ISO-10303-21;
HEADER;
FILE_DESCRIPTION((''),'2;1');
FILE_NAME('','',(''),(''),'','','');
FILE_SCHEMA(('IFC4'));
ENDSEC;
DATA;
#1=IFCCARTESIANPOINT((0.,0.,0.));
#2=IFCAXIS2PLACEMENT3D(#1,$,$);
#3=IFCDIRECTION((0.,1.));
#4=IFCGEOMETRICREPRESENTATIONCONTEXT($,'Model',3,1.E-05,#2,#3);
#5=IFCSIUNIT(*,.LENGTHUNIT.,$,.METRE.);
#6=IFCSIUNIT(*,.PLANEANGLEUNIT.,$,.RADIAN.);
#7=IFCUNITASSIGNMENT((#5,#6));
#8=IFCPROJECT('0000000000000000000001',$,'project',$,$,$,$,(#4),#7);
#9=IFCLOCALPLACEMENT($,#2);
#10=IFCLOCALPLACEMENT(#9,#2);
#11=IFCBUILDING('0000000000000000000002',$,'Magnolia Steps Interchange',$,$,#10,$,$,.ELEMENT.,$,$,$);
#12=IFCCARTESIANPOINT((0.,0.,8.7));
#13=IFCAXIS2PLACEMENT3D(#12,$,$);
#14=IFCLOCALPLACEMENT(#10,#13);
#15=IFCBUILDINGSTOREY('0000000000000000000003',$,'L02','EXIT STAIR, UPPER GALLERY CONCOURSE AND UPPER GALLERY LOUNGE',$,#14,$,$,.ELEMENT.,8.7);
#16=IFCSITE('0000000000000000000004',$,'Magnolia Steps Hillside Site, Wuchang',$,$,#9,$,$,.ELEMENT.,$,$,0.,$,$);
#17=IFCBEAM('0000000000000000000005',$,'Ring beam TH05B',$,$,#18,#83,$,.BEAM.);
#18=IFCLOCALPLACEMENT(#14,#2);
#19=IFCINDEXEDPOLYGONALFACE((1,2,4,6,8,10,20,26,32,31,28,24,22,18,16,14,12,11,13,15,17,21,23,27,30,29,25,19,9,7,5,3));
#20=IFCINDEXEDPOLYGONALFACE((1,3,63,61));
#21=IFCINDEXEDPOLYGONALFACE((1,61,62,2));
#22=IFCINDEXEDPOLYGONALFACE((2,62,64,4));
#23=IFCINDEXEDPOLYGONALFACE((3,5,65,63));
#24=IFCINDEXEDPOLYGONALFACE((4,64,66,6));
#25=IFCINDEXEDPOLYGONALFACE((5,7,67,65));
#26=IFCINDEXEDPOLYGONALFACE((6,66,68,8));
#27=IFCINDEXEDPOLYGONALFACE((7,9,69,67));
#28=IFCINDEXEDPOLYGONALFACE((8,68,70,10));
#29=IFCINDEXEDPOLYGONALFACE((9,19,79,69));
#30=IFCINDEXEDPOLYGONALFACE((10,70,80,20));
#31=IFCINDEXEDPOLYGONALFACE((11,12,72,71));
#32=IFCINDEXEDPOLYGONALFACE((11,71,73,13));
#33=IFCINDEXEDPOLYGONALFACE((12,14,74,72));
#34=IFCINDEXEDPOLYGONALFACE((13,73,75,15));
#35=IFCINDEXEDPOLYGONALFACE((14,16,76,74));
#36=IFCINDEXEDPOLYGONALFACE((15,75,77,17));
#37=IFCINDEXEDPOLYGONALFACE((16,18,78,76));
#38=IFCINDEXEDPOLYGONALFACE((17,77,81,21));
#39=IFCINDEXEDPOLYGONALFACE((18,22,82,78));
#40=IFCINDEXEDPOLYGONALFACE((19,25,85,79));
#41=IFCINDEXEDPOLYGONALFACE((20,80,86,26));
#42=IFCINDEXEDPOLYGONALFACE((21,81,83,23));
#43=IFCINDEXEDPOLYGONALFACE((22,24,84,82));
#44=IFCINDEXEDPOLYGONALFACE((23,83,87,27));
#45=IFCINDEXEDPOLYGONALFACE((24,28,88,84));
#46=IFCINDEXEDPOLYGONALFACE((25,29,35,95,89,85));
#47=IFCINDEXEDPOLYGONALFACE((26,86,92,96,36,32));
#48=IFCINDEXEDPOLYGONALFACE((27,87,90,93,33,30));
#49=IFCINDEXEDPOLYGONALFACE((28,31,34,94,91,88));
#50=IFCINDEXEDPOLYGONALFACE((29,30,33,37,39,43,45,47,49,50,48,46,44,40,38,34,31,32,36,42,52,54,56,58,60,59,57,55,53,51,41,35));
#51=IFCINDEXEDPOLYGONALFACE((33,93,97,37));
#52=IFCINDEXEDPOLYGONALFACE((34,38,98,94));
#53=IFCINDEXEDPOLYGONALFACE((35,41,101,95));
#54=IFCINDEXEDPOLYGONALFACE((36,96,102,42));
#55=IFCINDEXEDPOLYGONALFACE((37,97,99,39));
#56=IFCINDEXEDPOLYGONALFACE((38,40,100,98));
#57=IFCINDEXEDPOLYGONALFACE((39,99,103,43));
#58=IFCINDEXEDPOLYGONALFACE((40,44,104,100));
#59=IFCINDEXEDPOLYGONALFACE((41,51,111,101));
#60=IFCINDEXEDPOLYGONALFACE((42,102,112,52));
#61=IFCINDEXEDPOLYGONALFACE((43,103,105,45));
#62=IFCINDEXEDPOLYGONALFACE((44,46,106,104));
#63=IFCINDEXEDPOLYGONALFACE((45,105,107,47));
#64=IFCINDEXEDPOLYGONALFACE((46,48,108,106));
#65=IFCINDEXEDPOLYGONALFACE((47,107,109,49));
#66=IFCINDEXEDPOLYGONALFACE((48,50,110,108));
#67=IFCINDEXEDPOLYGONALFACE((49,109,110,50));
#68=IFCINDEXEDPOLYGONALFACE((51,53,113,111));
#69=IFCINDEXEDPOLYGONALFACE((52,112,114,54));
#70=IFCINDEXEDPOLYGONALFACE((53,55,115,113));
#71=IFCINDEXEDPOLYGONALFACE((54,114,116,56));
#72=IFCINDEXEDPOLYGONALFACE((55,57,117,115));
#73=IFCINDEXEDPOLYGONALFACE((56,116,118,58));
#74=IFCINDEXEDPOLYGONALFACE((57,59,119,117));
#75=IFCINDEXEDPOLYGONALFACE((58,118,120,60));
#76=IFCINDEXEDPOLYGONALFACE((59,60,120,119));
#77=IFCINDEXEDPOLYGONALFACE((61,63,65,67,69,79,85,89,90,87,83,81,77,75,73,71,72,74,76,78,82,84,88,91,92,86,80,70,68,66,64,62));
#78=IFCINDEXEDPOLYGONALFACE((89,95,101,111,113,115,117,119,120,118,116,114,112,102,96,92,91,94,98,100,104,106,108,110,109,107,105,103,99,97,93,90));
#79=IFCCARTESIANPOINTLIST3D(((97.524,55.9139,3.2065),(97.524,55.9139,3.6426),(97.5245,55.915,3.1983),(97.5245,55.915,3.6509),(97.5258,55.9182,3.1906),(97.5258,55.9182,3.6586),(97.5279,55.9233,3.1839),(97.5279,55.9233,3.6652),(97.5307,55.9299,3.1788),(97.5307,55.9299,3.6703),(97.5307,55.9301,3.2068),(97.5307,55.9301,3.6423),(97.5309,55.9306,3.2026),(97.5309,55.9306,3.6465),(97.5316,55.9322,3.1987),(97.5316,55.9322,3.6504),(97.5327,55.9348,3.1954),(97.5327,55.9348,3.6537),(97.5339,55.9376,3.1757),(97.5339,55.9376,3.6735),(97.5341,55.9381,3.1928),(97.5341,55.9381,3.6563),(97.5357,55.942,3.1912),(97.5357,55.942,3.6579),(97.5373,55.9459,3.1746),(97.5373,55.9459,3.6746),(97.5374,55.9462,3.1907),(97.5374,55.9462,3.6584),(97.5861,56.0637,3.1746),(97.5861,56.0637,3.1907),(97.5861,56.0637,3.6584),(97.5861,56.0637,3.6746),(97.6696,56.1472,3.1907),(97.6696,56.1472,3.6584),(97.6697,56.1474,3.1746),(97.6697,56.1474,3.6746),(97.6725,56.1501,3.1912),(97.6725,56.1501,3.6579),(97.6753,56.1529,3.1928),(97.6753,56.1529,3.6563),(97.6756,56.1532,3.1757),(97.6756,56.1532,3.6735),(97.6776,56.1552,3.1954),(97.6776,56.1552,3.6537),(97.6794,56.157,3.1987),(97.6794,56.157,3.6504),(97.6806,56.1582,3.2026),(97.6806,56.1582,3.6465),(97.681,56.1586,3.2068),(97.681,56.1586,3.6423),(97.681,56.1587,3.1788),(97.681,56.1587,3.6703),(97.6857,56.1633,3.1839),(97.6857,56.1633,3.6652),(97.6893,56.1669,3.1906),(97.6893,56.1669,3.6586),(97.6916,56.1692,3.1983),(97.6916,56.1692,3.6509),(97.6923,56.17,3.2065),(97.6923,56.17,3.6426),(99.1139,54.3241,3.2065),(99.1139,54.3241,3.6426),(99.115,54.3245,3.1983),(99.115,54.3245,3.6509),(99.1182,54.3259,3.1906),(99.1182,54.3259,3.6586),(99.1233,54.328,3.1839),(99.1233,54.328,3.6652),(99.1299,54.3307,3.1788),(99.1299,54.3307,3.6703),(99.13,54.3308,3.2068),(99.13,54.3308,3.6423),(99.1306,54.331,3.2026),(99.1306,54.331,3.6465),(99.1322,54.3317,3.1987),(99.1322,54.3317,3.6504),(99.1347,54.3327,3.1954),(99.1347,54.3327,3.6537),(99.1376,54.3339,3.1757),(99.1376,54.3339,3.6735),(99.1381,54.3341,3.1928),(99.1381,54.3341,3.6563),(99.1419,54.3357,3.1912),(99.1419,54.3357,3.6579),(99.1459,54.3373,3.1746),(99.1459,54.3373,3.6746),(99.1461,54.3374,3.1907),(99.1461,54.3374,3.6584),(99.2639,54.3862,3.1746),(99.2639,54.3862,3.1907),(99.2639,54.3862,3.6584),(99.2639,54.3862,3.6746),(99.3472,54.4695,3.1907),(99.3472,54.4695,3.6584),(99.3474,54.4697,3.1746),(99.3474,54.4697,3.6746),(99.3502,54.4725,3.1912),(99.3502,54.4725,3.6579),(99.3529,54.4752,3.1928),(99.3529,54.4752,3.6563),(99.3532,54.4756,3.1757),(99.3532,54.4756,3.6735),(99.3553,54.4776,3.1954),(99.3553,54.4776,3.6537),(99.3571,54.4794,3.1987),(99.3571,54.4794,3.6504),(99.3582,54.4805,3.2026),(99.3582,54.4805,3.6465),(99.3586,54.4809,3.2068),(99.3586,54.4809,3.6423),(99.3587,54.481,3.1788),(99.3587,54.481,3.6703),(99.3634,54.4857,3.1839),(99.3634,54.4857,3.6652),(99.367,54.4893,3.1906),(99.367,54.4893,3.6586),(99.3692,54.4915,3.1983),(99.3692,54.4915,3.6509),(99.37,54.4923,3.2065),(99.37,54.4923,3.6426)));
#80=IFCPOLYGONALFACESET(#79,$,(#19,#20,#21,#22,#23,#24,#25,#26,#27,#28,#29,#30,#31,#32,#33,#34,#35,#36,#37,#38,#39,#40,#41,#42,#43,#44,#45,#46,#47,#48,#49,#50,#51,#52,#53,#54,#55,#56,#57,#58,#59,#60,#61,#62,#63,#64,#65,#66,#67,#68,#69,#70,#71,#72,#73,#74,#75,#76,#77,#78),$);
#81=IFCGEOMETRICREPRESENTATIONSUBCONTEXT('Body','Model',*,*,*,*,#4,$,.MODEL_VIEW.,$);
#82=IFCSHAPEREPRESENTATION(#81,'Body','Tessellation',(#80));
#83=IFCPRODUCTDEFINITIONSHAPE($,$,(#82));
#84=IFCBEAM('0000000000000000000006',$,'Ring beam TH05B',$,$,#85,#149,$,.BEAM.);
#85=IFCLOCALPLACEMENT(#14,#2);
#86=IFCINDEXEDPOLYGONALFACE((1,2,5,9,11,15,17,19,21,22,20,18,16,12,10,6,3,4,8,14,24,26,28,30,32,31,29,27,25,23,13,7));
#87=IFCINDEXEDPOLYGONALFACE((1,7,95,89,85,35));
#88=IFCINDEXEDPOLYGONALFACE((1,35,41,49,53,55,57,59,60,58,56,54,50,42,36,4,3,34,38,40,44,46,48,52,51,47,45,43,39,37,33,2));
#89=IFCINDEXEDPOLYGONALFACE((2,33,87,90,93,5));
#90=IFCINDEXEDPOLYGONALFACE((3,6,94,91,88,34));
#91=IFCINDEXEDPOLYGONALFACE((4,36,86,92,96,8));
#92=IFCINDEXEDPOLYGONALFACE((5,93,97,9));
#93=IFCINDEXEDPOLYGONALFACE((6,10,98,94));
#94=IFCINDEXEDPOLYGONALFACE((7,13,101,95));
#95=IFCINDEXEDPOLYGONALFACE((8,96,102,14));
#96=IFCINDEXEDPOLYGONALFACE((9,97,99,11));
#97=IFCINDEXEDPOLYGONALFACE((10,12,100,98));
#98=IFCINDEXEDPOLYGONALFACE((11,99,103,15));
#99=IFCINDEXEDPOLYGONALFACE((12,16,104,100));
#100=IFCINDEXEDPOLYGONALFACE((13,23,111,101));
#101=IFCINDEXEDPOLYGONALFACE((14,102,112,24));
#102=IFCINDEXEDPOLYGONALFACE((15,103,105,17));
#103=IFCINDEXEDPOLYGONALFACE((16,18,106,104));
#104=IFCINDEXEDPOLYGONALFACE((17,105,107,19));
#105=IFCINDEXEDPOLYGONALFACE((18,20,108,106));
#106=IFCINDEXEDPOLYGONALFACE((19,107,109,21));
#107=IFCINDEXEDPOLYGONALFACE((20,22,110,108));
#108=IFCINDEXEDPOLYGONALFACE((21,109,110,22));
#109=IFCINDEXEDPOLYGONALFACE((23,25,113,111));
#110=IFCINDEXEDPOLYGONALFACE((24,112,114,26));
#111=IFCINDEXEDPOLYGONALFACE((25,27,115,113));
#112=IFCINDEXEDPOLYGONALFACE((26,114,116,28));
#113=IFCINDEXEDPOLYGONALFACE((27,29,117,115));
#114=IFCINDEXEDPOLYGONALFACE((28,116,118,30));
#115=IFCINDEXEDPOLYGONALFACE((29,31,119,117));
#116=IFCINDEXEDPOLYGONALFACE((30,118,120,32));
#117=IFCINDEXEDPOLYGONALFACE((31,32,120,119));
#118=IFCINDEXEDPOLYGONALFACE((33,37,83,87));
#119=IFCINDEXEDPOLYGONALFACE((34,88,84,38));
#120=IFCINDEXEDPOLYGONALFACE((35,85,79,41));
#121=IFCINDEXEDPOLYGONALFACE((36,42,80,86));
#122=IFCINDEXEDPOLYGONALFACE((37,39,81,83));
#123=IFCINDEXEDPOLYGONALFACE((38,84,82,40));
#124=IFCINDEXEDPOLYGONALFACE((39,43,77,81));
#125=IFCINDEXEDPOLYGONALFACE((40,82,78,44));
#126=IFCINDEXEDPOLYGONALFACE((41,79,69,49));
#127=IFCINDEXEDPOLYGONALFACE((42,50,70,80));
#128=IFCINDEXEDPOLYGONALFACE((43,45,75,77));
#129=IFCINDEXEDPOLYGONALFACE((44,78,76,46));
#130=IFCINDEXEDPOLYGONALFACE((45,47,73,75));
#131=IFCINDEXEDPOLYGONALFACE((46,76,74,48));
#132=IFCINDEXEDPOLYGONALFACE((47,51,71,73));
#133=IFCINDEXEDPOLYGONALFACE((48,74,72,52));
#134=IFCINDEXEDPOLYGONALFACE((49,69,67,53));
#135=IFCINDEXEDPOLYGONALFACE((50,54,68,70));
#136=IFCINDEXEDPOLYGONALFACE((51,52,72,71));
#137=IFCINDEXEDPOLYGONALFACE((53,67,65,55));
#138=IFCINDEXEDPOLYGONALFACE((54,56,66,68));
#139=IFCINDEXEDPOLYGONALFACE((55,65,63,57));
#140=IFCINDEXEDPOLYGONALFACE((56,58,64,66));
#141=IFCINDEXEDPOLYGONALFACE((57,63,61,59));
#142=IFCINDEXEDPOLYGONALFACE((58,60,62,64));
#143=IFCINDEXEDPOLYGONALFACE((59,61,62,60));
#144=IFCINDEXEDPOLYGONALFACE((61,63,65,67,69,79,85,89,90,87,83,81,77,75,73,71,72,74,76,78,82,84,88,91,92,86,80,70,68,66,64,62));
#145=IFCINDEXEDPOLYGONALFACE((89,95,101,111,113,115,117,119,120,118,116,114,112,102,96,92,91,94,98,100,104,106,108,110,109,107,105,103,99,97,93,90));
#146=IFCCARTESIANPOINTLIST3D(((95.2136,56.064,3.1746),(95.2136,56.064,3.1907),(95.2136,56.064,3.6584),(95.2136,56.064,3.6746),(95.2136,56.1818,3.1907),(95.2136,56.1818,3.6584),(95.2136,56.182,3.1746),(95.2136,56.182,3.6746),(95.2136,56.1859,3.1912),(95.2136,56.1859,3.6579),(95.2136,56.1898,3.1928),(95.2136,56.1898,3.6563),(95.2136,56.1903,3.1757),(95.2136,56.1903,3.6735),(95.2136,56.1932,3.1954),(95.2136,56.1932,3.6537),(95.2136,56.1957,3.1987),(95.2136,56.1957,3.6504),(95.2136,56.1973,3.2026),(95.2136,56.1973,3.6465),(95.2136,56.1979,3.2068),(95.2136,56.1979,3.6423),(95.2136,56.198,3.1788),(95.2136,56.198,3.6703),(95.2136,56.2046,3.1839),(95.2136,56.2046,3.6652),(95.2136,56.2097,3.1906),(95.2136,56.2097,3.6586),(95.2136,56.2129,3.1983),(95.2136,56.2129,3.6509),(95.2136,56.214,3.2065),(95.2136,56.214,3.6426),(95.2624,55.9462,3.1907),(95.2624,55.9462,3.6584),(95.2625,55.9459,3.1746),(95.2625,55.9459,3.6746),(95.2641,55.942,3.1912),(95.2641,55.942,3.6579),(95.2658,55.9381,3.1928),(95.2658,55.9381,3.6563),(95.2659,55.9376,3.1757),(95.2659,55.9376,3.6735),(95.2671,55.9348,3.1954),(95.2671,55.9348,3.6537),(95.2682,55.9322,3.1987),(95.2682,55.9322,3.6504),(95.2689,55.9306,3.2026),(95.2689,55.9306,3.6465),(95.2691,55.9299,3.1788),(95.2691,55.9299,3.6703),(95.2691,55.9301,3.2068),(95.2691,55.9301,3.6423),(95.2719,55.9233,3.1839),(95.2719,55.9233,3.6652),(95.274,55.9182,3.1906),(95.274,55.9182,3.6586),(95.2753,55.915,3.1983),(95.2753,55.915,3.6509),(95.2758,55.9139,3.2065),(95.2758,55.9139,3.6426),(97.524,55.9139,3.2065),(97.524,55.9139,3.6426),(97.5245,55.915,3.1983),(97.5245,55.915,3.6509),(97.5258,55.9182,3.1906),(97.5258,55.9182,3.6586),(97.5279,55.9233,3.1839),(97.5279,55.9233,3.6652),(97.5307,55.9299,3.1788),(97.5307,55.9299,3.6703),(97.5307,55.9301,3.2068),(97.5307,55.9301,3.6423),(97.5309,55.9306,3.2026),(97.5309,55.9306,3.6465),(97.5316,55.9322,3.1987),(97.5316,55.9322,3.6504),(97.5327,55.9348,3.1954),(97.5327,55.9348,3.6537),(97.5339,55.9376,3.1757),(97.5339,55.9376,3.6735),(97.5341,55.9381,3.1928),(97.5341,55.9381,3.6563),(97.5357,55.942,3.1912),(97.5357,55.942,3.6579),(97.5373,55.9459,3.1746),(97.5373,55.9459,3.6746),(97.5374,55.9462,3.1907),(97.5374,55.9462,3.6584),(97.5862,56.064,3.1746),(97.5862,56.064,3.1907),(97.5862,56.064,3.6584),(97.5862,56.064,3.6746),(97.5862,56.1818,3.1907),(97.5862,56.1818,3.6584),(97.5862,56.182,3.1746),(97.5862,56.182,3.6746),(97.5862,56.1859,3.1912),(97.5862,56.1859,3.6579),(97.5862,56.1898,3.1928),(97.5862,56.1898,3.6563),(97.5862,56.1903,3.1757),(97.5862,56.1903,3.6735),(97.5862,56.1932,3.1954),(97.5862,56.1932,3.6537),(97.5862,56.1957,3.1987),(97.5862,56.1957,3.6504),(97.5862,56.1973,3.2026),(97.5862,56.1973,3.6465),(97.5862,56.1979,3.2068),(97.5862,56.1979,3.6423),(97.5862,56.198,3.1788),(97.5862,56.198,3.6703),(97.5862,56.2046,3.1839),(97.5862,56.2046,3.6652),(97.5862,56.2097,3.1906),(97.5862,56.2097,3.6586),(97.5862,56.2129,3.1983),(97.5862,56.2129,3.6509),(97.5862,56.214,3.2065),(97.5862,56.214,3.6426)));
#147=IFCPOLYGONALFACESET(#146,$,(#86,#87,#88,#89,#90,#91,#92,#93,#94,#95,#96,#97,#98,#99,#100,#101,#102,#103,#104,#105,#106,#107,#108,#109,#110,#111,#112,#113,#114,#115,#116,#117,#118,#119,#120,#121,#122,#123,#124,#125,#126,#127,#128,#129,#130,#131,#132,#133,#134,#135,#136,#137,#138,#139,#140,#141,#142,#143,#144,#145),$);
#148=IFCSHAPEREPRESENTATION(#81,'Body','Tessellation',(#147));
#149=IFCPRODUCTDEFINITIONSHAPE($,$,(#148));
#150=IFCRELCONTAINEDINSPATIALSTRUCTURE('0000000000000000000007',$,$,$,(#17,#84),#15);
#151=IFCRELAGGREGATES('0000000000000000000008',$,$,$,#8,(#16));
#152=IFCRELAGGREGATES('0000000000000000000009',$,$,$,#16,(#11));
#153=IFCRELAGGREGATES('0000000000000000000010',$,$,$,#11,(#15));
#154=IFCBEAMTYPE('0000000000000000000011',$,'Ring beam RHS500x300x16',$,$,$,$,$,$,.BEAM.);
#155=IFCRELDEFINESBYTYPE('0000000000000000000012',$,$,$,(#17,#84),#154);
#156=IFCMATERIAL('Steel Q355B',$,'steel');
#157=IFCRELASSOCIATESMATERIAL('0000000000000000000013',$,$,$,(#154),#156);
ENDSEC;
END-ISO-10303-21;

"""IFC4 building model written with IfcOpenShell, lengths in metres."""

from ifc_helpers import new_model, si_unit, direction, frame, origin, origin_2d, place, context, subcontext, project, spatial, hollow_rectangle, extrude, clip, halfspace, material, material_profile, profile_set, type_object, element, save


model = new_model("IFC4")

# Units and contexts
model_context = context("Model", 3, precision=1e-05, world=origin(), true_north=direction((0.0, 1.0)))
body_context = subcontext(model_context, "Body", "Model", "MODEL_VIEW")
ifc_project = project(units=[si_unit("LENGTHUNIT", "METRE"), si_unit("PLANEANGLEUNIT", "RADIAN")], contexts=[model_context])

# Site, building, storey
site_placement = place(None, origin())
site = spatial("IfcSite", under=ifc_project, at=site_placement, Name="Magnolia Steps Hillside Site, Wuchang", CompositionType="ELEMENT", RefElevation=0.0)
building_placement = place(site_placement, origin())
building = spatial("IfcBuilding", under=site, at=building_placement, Name="Magnolia Steps Interchange", CompositionType="ELEMENT")
storey_placement = place(building_placement, frame((0.0, 0.0, 8.7)))
storey = spatial("IfcBuildingStorey", under=building, at=storey_placement, Name="L02", Description="EXIT STAIR, UPPER GALLERY CONCOURSE AND UPPER GALLERY LOUNGE", CompositionType="ELEMENT", Elevation=8.7)

# Beams
ifc_material_1 = material(Name="Steel Q355B", Category="steel")
ifc_material_profile_1 = material_profile(ifc_material_1, hollow_rectangle(XDim=0.3, YDim=0.5, WallThickness=0.0161, InnerFilletRadius=0.0161, OuterFilletRadius=0.032, at=origin_2d()), Name="RHS500x300x16")
ifc_profile_set_1 = profile_set([ifc_material_profile_1], Name="Steel Q355B")
beam_type = type_object("IfcBeamType", Name="Ring beam RHS500x300x16", PredefinedType="BEAM", material=ifc_profile_set_1)
beam_1_placement = place(storey_placement, frame((99.2639, 54.3862, 3.4246), z_axis=(-0.707107, 0.707107, 0.0), x_axis=(-0.707107, -0.707107, 0.0)))
element("IfcBeam", 1, at=beam_1_placement, inside=storey, type_object=beam_type, Name="Ring beam TH05B", PredefinedType="BEAM", context=body_context, shape_type="Clipping", body=[
    clip(clip(extrude(hollow_rectangle(XDim=0.3, YDim=0.5, WallThickness=0.0161, InnerFilletRadius=0.0161, OuterFilletRadius=0.032, at=origin_2d()), origin(), (0.0, 0.0, 1.0), 2.3726), halfspace(frame((0.0, 0.0, 0.0), z_axis=(0.382683, 0.0, -0.92388), x_axis=(0.92388, 0.0, 0.382683)), False)), halfspace(frame((0.0, 0.0, 2.3727), z_axis=(0.382683, 0.0, 0.92388), x_axis=(0.92388, 0.0, -0.382683)), False)),
])
beam_2_placement = place(storey_placement, frame((97.5862, 56.064, 3.4246), z_axis=(-1.0, 0.0, 0.0), x_axis=(0.0, -1.0, 0.0)))
element("IfcBeam", 2, at=beam_2_placement, inside=storey, type_object=beam_type, Name="Ring beam TH05B", PredefinedType="BEAM", context=body_context, shape_type="Clipping", body=[
    clip(clip(extrude(hollow_rectangle(XDim=0.3, YDim=0.5, WallThickness=0.0161, InnerFilletRadius=0.0161, OuterFilletRadius=0.032, at=origin_2d()), origin(), (0.0, 0.0, 1.0), 2.3726), halfspace(frame((0.0, 0.0, 0.0), z_axis=(0.382683, 0.0, -0.92388), x_axis=(0.92388, 0.0, 0.382683)), False)), halfspace(frame((0.0, 0.0, 2.3726), z_axis=(0.382683, 0.0, 0.92388), x_axis=(0.92388, 0.0, -0.382683)), False)),
])

save(model, "model.ifc")
